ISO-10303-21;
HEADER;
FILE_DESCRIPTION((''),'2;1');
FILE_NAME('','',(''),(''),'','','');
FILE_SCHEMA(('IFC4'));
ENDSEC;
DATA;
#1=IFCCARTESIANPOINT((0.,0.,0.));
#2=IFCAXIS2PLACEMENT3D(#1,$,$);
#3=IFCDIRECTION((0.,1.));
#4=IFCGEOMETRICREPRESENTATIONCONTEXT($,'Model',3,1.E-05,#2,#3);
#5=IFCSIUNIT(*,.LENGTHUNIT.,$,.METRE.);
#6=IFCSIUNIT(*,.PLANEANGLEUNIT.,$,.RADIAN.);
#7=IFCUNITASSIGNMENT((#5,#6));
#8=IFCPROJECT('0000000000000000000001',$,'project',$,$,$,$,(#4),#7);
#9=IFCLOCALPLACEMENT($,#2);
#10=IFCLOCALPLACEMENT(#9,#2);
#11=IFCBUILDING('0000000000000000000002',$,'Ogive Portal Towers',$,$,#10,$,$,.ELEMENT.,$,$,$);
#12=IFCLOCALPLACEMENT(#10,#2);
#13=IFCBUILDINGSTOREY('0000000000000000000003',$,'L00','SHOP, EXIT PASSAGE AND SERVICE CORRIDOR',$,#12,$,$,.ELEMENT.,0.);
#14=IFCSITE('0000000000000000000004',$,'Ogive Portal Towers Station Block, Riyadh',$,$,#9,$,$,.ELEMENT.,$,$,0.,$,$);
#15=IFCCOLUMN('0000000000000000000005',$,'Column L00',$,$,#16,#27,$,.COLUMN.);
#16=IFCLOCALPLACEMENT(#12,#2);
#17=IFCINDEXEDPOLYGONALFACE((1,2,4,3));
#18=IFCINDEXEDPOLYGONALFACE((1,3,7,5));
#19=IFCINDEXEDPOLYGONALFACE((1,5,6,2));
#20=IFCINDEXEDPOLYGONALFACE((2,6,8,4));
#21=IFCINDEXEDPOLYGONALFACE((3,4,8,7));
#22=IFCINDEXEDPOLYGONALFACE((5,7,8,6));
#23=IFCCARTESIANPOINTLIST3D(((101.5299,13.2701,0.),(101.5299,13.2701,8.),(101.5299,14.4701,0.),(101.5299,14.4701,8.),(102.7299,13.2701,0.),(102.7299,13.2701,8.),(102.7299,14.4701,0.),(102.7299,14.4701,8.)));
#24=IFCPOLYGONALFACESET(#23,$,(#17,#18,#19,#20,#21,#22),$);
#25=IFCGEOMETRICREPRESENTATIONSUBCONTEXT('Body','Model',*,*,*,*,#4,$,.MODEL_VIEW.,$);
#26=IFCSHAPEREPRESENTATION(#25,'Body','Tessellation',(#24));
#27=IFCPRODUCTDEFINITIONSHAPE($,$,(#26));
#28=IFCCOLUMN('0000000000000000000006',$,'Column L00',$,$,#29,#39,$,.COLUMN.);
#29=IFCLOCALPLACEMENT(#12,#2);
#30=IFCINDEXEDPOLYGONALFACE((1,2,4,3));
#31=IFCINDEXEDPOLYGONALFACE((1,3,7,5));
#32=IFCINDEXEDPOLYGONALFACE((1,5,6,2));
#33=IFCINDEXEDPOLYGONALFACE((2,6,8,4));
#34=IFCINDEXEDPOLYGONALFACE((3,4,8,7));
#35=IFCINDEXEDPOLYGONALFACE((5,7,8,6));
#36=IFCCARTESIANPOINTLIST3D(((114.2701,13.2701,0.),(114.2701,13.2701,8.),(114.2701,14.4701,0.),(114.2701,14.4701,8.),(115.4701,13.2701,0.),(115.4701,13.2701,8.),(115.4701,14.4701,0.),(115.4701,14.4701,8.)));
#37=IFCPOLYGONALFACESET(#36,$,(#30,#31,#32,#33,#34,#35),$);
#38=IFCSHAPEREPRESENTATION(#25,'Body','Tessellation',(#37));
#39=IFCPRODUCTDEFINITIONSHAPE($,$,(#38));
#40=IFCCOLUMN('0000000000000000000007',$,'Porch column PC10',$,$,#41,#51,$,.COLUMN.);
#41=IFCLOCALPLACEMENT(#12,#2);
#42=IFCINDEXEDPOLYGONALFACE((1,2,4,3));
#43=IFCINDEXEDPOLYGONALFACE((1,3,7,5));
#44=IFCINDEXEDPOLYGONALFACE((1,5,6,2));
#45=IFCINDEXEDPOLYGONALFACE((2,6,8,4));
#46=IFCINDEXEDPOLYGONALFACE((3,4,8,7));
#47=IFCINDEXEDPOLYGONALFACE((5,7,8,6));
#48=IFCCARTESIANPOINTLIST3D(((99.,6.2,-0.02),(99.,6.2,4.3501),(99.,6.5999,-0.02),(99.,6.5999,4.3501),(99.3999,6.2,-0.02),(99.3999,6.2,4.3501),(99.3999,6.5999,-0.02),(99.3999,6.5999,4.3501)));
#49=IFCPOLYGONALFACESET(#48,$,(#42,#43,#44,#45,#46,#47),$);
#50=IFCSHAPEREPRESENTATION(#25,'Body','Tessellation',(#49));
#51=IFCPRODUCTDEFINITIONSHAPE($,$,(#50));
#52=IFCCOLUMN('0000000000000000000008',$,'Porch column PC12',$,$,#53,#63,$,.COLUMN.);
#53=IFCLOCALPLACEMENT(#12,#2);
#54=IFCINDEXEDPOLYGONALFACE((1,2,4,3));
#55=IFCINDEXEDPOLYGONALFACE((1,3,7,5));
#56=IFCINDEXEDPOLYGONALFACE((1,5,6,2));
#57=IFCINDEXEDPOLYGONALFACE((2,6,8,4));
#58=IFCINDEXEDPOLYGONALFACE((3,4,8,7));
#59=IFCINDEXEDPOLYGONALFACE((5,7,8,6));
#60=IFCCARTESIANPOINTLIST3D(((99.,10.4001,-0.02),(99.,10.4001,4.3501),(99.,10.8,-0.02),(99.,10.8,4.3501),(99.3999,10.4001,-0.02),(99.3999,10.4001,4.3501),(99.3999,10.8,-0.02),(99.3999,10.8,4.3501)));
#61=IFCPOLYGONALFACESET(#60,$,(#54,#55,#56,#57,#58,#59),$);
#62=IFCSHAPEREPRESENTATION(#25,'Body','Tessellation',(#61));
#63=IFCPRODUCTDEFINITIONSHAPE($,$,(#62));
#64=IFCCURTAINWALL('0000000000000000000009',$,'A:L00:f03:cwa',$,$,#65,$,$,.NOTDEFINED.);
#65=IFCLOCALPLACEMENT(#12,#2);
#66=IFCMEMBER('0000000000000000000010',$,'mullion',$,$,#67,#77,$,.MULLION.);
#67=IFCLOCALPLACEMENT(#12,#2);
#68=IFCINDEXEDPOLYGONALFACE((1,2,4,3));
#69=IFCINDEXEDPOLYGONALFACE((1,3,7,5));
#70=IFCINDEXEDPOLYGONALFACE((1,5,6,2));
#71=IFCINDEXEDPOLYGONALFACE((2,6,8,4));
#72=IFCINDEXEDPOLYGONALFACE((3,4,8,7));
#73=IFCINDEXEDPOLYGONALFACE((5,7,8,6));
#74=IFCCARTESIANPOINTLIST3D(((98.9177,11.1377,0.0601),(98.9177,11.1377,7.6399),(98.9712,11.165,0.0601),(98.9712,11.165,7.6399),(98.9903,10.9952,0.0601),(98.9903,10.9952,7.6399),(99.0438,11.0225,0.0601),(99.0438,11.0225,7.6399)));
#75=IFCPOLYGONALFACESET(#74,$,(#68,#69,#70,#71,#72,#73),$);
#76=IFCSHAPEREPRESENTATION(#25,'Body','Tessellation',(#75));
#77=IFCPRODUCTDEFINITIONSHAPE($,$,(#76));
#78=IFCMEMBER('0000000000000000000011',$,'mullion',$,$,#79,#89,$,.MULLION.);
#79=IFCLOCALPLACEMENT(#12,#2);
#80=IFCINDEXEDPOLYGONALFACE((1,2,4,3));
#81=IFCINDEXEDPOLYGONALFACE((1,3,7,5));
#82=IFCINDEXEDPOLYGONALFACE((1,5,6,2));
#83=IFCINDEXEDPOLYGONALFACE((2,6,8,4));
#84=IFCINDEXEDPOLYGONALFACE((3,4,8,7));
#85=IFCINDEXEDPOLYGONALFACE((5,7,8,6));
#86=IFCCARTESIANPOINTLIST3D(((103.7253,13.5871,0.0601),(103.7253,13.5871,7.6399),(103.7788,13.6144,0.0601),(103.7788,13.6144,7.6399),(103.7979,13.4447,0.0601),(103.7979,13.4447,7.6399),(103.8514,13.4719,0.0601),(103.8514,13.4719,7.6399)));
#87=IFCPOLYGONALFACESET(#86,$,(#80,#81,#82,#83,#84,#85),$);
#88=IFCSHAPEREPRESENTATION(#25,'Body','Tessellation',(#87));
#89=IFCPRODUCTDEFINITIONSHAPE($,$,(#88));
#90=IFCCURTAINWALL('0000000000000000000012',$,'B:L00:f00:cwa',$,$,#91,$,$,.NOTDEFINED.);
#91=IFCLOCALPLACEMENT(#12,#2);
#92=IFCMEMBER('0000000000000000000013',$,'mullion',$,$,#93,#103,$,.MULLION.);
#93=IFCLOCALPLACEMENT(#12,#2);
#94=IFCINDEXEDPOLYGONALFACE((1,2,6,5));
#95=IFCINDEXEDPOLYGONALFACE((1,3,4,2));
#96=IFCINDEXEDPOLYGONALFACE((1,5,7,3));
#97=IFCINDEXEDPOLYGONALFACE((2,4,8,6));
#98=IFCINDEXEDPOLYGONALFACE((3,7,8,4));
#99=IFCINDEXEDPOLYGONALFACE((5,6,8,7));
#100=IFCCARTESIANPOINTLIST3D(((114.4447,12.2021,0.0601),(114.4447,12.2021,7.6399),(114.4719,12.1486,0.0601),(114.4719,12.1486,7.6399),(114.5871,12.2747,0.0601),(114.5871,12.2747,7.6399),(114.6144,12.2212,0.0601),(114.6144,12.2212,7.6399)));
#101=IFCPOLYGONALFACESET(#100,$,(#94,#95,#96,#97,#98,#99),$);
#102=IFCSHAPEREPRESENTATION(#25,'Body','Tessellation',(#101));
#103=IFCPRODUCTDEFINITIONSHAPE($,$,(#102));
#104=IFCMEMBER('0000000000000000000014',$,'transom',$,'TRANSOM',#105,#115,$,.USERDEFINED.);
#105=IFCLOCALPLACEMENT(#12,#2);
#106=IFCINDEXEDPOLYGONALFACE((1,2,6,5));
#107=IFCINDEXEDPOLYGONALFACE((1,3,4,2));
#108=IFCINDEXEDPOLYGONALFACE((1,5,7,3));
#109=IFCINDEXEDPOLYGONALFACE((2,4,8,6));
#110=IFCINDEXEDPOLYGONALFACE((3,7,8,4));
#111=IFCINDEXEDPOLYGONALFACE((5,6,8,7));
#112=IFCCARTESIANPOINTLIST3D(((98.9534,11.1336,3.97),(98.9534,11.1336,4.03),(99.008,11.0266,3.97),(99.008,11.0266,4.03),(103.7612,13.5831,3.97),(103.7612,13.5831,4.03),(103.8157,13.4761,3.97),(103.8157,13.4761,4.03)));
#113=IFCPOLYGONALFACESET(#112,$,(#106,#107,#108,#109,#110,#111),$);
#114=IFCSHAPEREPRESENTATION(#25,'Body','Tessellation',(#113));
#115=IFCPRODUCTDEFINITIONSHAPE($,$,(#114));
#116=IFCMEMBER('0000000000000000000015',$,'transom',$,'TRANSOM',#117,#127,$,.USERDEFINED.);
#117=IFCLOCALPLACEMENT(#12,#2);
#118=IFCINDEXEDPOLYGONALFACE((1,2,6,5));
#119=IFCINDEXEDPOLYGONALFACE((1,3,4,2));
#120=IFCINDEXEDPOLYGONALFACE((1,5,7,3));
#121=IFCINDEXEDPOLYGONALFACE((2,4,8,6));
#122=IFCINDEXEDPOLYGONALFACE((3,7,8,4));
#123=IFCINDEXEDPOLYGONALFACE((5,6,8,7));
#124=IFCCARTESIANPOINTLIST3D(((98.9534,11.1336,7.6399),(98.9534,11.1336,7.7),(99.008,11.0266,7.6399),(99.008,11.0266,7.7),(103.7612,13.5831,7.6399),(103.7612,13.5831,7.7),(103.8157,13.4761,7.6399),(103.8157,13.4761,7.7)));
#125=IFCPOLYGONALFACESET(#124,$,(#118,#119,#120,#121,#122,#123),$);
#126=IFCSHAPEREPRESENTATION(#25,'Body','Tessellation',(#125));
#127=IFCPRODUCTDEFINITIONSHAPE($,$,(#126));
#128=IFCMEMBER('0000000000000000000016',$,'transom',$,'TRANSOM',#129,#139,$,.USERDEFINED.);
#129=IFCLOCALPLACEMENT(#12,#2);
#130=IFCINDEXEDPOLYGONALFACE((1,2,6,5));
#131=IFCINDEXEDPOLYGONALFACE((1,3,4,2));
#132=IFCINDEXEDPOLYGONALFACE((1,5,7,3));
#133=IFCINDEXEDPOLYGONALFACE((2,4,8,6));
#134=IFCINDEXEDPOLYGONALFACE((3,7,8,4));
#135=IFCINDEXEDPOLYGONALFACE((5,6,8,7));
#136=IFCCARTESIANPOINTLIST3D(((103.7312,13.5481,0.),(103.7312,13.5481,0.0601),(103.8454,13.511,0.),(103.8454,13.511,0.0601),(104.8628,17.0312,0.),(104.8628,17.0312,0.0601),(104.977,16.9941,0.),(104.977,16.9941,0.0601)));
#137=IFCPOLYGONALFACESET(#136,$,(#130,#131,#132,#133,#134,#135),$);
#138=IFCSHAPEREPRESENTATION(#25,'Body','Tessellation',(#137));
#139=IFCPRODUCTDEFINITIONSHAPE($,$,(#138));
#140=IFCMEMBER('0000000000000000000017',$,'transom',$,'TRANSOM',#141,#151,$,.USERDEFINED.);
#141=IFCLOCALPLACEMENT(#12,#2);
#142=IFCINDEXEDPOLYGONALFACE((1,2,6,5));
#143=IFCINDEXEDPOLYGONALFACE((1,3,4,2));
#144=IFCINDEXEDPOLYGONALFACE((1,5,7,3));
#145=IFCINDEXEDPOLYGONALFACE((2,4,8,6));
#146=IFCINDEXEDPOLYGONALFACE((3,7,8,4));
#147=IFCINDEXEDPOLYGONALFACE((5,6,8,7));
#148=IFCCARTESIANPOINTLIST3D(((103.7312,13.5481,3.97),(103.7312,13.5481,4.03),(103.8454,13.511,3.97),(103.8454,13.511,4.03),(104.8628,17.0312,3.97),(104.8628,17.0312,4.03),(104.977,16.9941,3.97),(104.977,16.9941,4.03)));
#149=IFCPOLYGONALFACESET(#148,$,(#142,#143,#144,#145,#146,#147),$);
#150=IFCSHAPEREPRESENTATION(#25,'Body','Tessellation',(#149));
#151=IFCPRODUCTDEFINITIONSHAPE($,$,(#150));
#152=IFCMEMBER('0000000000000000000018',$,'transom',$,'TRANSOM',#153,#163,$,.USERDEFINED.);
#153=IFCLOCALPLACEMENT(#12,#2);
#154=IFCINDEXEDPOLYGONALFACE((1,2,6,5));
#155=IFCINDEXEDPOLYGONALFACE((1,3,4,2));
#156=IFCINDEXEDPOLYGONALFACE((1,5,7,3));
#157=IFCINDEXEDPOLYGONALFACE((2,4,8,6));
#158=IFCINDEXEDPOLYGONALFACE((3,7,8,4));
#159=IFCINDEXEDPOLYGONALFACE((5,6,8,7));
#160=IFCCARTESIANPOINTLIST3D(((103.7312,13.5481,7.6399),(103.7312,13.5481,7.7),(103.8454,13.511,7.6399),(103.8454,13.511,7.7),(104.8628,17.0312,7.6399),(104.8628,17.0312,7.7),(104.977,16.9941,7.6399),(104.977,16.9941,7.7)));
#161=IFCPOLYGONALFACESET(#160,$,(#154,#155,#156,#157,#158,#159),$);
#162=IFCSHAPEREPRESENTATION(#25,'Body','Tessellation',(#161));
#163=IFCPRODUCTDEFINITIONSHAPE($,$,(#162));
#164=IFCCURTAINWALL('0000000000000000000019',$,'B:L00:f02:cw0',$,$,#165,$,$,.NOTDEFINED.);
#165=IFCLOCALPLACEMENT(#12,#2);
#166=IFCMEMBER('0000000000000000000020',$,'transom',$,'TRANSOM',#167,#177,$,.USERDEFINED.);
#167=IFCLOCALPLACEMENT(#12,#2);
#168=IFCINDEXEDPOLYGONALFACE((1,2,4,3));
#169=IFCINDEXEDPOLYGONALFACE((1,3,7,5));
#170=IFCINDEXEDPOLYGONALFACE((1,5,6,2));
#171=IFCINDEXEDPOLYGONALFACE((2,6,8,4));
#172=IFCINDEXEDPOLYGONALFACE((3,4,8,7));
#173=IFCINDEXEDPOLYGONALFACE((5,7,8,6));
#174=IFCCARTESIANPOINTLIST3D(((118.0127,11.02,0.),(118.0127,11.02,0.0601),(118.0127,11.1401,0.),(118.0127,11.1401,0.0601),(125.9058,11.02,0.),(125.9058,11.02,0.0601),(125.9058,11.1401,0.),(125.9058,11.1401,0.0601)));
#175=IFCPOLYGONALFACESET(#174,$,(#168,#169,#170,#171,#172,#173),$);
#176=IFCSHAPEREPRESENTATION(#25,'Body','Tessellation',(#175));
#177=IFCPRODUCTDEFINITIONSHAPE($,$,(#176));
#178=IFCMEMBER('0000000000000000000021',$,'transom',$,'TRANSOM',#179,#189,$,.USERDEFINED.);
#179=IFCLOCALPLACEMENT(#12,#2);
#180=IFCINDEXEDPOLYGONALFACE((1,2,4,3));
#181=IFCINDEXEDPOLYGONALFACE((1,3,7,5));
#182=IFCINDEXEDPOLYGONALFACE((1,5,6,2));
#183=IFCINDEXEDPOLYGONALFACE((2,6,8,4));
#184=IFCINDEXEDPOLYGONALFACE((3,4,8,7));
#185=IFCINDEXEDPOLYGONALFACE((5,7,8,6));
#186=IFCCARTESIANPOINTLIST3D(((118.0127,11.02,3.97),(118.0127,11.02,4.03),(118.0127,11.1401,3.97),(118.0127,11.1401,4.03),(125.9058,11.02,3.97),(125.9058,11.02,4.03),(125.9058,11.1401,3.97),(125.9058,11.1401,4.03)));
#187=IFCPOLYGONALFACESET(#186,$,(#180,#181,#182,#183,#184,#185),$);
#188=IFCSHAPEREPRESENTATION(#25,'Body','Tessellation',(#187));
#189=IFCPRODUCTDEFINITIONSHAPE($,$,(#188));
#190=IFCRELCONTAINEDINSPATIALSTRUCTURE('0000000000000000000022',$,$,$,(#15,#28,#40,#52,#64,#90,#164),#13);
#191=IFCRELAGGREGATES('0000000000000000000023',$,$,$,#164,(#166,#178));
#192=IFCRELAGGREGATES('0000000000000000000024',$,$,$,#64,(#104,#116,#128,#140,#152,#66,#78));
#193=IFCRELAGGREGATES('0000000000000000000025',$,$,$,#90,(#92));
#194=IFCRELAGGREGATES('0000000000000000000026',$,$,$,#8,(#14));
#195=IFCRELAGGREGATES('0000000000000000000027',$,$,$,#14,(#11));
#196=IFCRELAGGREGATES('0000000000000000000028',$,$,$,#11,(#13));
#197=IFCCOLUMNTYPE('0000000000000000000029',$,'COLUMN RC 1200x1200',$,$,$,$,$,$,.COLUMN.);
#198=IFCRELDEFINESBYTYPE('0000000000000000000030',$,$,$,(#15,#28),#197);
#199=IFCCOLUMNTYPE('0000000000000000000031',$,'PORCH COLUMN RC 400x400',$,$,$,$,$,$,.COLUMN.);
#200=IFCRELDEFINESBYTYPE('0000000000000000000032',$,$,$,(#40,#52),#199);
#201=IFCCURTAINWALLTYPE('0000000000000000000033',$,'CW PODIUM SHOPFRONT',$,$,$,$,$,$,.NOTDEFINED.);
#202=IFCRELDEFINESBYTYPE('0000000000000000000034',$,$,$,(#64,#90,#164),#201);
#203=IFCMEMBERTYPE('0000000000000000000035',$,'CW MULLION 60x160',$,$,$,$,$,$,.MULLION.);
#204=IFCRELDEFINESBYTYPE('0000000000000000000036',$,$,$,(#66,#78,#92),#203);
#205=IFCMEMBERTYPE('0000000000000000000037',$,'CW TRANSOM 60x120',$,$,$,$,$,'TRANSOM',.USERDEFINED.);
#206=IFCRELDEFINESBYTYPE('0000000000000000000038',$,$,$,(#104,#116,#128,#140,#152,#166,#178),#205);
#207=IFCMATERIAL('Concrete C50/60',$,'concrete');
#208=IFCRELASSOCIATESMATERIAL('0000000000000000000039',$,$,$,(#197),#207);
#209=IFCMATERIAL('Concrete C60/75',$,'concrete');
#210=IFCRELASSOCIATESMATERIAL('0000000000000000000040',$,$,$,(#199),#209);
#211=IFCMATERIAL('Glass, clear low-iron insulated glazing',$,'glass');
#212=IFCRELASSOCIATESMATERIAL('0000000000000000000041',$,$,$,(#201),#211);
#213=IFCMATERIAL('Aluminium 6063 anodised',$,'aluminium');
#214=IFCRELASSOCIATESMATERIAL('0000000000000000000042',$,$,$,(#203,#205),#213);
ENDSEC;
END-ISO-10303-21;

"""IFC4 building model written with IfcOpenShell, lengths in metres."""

from ifc_helpers import new_model, si_unit, direction, frame, origin, origin_2d, place, context, subcontext, project, spatial, rectangle, extrude, material, material_profile, profile_set, type_object, element, aggregate, save


model = new_model("IFC4")

# Units and contexts
model_context = context("Model", 3, precision=1e-05, world=origin(), true_north=direction((0.0, 1.0)))
body_context = subcontext(model_context, "Body", "Model", "MODEL_VIEW")
ifc_project = project(units=[si_unit("LENGTHUNIT", "METRE"), si_unit("PLANEANGLEUNIT", "RADIAN")], contexts=[model_context])

# Site, building, storey
site_placement = place(None, origin())
site = spatial("IfcSite", under=ifc_project, at=site_placement, Name="Ogive Portal Towers Station Block, Riyadh", CompositionType="ELEMENT", RefElevation=0.0)
building_placement = place(site_placement, origin())
building = spatial("IfcBuilding", under=site, at=building_placement, Name="Ogive Portal Towers", CompositionType="ELEMENT")
storey_placement = place(building_placement, origin())
storey = spatial("IfcBuildingStorey", under=building, at=storey_placement, Name="L00", Description="SHOP, EXIT PASSAGE AND SERVICE CORRIDOR", CompositionType="ELEMENT", Elevation=0.0)

# Columns
ifc_material_1 = material(Name="Concrete C50/60", Category="concrete")
ifc_material_profile_1 = material_profile(ifc_material_1, rectangle(XDim=1.2, YDim=1.2, at=origin_2d()), Name="RC 1200x1200")
ifc_profile_set_1 = profile_set([ifc_material_profile_1], Name="Concrete C50/60")
column_type_1 = type_object("IfcColumnType", Name="COLUMN RC 1200x1200", PredefinedType="COLUMN", material=ifc_profile_set_1)
for number, where, z_axis, x_axis, name in (
    (1, (102.1299, 13.8701, 0.0), (0.0, 0.0, 1.0), (1.0, 0.0, 0.0), "Column L00"),
    (2, (114.8701, 13.8701, 0.0), (0.0, 0.0, 1.0), (1.0, 0.0, 0.0), "Column L00"),
):
    element("IfcColumn", number, at=place(storey_placement, frame(where, z_axis=z_axis, x_axis=x_axis)), inside=storey, type_object=column_type_1, Name=name, PredefinedType="COLUMN", context=body_context, shape_type="SweptSolid", body=[
        extrude(rectangle(XDim=1.2, YDim=1.2, at=origin_2d()), origin(), (0.0, 0.0, 1.0), 8.0),
    ])
ifc_material_2 = material(Name="Concrete C60/75", Category="concrete")
ifc_material_profile_2 = material_profile(ifc_material_2, rectangle(XDim=0.3999, YDim=0.3999, at=origin_2d()), Name="RC 400x400")
ifc_profile_set_2 = profile_set([ifc_material_profile_2], Name="Concrete C60/75")
column_type_2 = type_object("IfcColumnType", Name="PORCH COLUMN RC 400x400", PredefinedType="COLUMN", material=ifc_profile_set_2)
for number, where, z_axis, x_axis, name in (
    (3, (99.2, 6.3999, -0.02), (0.0, 0.0, 1.0), (1.0, 0.0, 0.0), "Porch column PC10"),
    (4, (99.2, 10.6001, -0.02), (0.0, 0.0, 1.0), (1.0, 0.0, 0.0), "Porch column PC12"),
):
    element("IfcColumn", number, at=place(storey_placement, frame(where, z_axis=z_axis, x_axis=x_axis)), inside=storey, type_object=column_type_2, Name=name, PredefinedType="COLUMN", context=body_context, shape_type="SweptSolid", body=[
        extrude(rectangle(XDim=0.3999, YDim=0.3999, at=origin_2d()), origin(), (0.0, 0.0, 1.0), 4.3701),
    ])

# Curtain wall, members
ifc_material_3 = material(Name="Glass, clear low-iron insulated glazing", Category="glass")
curtain_wall_type = type_object("IfcCurtainWallType", Name="CW PODIUM SHOPFRONT", PredefinedType="NOTDEFINED", material=ifc_material_3)
curtain_wall_1_placement = place(storey_placement, origin())
curtain_wall_1 = element("IfcCurtainWall", 5, at=curtain_wall_1_placement, inside=storey, type_object=curtain_wall_type, Name="A:L00:f03:cwa", PredefinedType="NOTDEFINED")
ifc_material_4 = material(Name="Aluminium 6063 anodised", Category="aluminium")
ifc_material_profile_3 = material_profile(ifc_material_4, rectangle(XDim=0.1599, YDim=0.0601, at=origin_2d()), Name="AL 60x160")
ifc_profile_set_3 = profile_set([ifc_material_profile_3], Name="Aluminium 6063 anodised")
member_type_1 = type_object("IfcMemberType", Name="CW MULLION 60x160", PredefinedType="MULLION", material=ifc_profile_set_3)
member_1_placement = place(storey_placement, frame((98.9807, 11.0801, 0.0601), z_axis=(0.0, 0.0, 1.0), x_axis=(-0.45399, 0.891007, 0.0)))
member_1 = element("IfcMember", 6, at=member_1_placement, type_object=member_type_1, Name="mullion", PredefinedType="MULLION", context=body_context, shape_type="SweptSolid", body=[
    extrude(rectangle(XDim=0.1599, YDim=0.0601, at=origin_2d()), origin(), (0.0, 0.0, 1.0), 7.5798),
])
member_2_placement = place(storey_placement, frame((103.7883, 13.5295, 0.0601), z_axis=(0.0, 0.0, 1.0), x_axis=(-0.45399, 0.891007, 0.0)))
member_2 = element("IfcMember", 7, at=member_2_placement, type_object=member_type_1, Name="mullion", PredefinedType="MULLION", context=body_context, shape_type="SweptSolid", body=[
    extrude(rectangle(XDim=0.1599, YDim=0.0601, at=origin_2d()), origin(), (0.0, 0.0, 1.0), 7.5798),
])

# Curtain wall, member
curtain_wall_2_placement = place(storey_placement, origin())
curtain_wall_2 = element("IfcCurtainWall", 8, at=curtain_wall_2_placement, inside=storey, type_object=curtain_wall_type, Name="B:L00:f00:cwa", PredefinedType="NOTDEFINED")
member_3_placement = place(storey_placement, frame((114.5295, 12.2117, 0.0601), z_axis=(0.0, 0.0, 1.0), x_axis=(0.891007, 0.45399, 0.0)))
member_3 = element("IfcMember", 9, at=member_3_placement, type_object=member_type_1, Name="mullion", PredefinedType="MULLION", context=body_context, shape_type="SweptSolid", body=[
    extrude(rectangle(XDim=0.1599, YDim=0.0601, at=origin_2d()), origin(), (0.0, 0.0, 1.0), 7.5798),
])

# Members
ifc_material_profile_4 = material_profile(ifc_material_4, rectangle(XDim=0.1201, YDim=0.0601, at=origin_2d()), Name="AL 120x60")
ifc_profile_set_4 = profile_set([ifc_material_profile_4], Name="Aluminium 6063 anodised")
member_type_2 = type_object("IfcMemberType", Name="CW TRANSOM 60x120", ElementType="TRANSOM", PredefinedType="USERDEFINED", material=ifc_profile_set_4)
member_4_placement = place(storey_placement, frame((98.9807, 11.0801, 4.0), z_axis=(0.891017, 0.45397, 0.0), x_axis=(-0.45397, 0.891017, 0.0)))
member_4 = element("IfcMember", 10, at=member_4_placement, type_object=member_type_2, Name="transom", ObjectType="TRANSOM", PredefinedType="USERDEFINED", context=body_context, shape_type="SweptSolid", body=[
    extrude(rectangle(XDim=0.1201, YDim=0.0601, at=origin_2d()), origin(), (0.0, 0.0, 1.0), 5.3958),
])
member_5_placement = place(storey_placement, frame((98.9807, 11.0801, 7.6699), z_axis=(0.891017, 0.45397, 0.0), x_axis=(-0.45397, 0.891017, 0.0)))
member_5 = element("IfcMember", 11, at=member_5_placement, type_object=member_type_2, Name="transom", ObjectType="TRANSOM", PredefinedType="USERDEFINED", context=body_context, shape_type="SweptSolid", body=[
    extrude(rectangle(XDim=0.1201, YDim=0.0601, at=origin_2d()), origin(), (0.0, 0.0, 1.0), 5.3958),
])
member_6_placement = place(storey_placement, frame((103.7883, 13.5295, 0.03), z_axis=(0.308979, 0.951069, 0.0), x_axis=(-0.951069, 0.308979, 0.0)))
member_6 = element("IfcMember", 12, at=member_6_placement, type_object=member_type_2, Name="transom", ObjectType="TRANSOM", PredefinedType="USERDEFINED", context=body_context, shape_type="SweptSolid", body=[
    extrude(rectangle(XDim=0.1201, YDim=0.0601, at=origin_2d()), origin(), (0.0, 0.0, 1.0), 3.6624),
])
member_7_placement = place(storey_placement, frame((103.7883, 13.5295, 4.0), z_axis=(0.308979, 0.951069, 0.0), x_axis=(-0.951069, 0.308979, 0.0)))
member_7 = element("IfcMember", 13, at=member_7_placement, type_object=member_type_2, Name="transom", ObjectType="TRANSOM", PredefinedType="USERDEFINED", context=body_context, shape_type="SweptSolid", body=[
    extrude(rectangle(XDim=0.1201, YDim=0.0601, at=origin_2d()), origin(), (0.0, 0.0, 1.0), 3.6624),
])
member_8_placement = place(storey_placement, frame((103.7883, 13.5295, 7.6699), z_axis=(0.308979, 0.951069, 0.0), x_axis=(-0.951069, 0.308979, 0.0)))
member_8 = element("IfcMember", 14, at=member_8_placement, type_object=member_type_2, Name="transom", ObjectType="TRANSOM", PredefinedType="USERDEFINED", context=body_context, shape_type="SweptSolid", body=[
    extrude(rectangle(XDim=0.1201, YDim=0.0601, at=origin_2d()), origin(), (0.0, 0.0, 1.0), 3.6624),
])

# Curtain wall, members
curtain_wall_3_placement = place(storey_placement, origin())
curtain_wall_3 = element("IfcCurtainWall", 15, at=curtain_wall_3_placement, inside=storey, type_object=curtain_wall_type, Name="B:L00:f02:cw0", PredefinedType="NOTDEFINED")
member_9_placement = place(storey_placement, frame((118.0127, 11.0801, 0.03), z_axis=(1.0, 0.0, 0.0), x_axis=(0.0, 1.0, 0.0)))
member_9 = element("IfcMember", 16, at=member_9_placement, type_object=member_type_2, Name="transom", ObjectType="TRANSOM", PredefinedType="USERDEFINED", context=body_context, shape_type="SweptSolid", body=[
    extrude(rectangle(XDim=0.1201, YDim=0.0601, at=origin_2d()), origin(), (0.0, 0.0, 1.0), 7.8931),
])
member_10_placement = place(storey_placement, frame((118.0127, 11.0801, 4.0), z_axis=(1.0, 0.0, 0.0), x_axis=(0.0, 1.0, 0.0)))
member_10 = element("IfcMember", 17, at=member_10_placement, type_object=member_type_2, Name="transom", ObjectType="TRANSOM", PredefinedType="USERDEFINED", context=body_context, shape_type="SweptSolid", body=[
    extrude(rectangle(XDim=0.1201, YDim=0.0601, at=origin_2d()), origin(), (0.0, 0.0, 1.0), 7.8931),
])
aggregate(curtain_wall_3, [member_9, member_10])

aggregate(curtain_wall_1, [member_4, member_5, member_6, member_7, member_8, member_1, member_2])
aggregate(curtain_wall_2, [member_3])

save(model, "model.ifc")
